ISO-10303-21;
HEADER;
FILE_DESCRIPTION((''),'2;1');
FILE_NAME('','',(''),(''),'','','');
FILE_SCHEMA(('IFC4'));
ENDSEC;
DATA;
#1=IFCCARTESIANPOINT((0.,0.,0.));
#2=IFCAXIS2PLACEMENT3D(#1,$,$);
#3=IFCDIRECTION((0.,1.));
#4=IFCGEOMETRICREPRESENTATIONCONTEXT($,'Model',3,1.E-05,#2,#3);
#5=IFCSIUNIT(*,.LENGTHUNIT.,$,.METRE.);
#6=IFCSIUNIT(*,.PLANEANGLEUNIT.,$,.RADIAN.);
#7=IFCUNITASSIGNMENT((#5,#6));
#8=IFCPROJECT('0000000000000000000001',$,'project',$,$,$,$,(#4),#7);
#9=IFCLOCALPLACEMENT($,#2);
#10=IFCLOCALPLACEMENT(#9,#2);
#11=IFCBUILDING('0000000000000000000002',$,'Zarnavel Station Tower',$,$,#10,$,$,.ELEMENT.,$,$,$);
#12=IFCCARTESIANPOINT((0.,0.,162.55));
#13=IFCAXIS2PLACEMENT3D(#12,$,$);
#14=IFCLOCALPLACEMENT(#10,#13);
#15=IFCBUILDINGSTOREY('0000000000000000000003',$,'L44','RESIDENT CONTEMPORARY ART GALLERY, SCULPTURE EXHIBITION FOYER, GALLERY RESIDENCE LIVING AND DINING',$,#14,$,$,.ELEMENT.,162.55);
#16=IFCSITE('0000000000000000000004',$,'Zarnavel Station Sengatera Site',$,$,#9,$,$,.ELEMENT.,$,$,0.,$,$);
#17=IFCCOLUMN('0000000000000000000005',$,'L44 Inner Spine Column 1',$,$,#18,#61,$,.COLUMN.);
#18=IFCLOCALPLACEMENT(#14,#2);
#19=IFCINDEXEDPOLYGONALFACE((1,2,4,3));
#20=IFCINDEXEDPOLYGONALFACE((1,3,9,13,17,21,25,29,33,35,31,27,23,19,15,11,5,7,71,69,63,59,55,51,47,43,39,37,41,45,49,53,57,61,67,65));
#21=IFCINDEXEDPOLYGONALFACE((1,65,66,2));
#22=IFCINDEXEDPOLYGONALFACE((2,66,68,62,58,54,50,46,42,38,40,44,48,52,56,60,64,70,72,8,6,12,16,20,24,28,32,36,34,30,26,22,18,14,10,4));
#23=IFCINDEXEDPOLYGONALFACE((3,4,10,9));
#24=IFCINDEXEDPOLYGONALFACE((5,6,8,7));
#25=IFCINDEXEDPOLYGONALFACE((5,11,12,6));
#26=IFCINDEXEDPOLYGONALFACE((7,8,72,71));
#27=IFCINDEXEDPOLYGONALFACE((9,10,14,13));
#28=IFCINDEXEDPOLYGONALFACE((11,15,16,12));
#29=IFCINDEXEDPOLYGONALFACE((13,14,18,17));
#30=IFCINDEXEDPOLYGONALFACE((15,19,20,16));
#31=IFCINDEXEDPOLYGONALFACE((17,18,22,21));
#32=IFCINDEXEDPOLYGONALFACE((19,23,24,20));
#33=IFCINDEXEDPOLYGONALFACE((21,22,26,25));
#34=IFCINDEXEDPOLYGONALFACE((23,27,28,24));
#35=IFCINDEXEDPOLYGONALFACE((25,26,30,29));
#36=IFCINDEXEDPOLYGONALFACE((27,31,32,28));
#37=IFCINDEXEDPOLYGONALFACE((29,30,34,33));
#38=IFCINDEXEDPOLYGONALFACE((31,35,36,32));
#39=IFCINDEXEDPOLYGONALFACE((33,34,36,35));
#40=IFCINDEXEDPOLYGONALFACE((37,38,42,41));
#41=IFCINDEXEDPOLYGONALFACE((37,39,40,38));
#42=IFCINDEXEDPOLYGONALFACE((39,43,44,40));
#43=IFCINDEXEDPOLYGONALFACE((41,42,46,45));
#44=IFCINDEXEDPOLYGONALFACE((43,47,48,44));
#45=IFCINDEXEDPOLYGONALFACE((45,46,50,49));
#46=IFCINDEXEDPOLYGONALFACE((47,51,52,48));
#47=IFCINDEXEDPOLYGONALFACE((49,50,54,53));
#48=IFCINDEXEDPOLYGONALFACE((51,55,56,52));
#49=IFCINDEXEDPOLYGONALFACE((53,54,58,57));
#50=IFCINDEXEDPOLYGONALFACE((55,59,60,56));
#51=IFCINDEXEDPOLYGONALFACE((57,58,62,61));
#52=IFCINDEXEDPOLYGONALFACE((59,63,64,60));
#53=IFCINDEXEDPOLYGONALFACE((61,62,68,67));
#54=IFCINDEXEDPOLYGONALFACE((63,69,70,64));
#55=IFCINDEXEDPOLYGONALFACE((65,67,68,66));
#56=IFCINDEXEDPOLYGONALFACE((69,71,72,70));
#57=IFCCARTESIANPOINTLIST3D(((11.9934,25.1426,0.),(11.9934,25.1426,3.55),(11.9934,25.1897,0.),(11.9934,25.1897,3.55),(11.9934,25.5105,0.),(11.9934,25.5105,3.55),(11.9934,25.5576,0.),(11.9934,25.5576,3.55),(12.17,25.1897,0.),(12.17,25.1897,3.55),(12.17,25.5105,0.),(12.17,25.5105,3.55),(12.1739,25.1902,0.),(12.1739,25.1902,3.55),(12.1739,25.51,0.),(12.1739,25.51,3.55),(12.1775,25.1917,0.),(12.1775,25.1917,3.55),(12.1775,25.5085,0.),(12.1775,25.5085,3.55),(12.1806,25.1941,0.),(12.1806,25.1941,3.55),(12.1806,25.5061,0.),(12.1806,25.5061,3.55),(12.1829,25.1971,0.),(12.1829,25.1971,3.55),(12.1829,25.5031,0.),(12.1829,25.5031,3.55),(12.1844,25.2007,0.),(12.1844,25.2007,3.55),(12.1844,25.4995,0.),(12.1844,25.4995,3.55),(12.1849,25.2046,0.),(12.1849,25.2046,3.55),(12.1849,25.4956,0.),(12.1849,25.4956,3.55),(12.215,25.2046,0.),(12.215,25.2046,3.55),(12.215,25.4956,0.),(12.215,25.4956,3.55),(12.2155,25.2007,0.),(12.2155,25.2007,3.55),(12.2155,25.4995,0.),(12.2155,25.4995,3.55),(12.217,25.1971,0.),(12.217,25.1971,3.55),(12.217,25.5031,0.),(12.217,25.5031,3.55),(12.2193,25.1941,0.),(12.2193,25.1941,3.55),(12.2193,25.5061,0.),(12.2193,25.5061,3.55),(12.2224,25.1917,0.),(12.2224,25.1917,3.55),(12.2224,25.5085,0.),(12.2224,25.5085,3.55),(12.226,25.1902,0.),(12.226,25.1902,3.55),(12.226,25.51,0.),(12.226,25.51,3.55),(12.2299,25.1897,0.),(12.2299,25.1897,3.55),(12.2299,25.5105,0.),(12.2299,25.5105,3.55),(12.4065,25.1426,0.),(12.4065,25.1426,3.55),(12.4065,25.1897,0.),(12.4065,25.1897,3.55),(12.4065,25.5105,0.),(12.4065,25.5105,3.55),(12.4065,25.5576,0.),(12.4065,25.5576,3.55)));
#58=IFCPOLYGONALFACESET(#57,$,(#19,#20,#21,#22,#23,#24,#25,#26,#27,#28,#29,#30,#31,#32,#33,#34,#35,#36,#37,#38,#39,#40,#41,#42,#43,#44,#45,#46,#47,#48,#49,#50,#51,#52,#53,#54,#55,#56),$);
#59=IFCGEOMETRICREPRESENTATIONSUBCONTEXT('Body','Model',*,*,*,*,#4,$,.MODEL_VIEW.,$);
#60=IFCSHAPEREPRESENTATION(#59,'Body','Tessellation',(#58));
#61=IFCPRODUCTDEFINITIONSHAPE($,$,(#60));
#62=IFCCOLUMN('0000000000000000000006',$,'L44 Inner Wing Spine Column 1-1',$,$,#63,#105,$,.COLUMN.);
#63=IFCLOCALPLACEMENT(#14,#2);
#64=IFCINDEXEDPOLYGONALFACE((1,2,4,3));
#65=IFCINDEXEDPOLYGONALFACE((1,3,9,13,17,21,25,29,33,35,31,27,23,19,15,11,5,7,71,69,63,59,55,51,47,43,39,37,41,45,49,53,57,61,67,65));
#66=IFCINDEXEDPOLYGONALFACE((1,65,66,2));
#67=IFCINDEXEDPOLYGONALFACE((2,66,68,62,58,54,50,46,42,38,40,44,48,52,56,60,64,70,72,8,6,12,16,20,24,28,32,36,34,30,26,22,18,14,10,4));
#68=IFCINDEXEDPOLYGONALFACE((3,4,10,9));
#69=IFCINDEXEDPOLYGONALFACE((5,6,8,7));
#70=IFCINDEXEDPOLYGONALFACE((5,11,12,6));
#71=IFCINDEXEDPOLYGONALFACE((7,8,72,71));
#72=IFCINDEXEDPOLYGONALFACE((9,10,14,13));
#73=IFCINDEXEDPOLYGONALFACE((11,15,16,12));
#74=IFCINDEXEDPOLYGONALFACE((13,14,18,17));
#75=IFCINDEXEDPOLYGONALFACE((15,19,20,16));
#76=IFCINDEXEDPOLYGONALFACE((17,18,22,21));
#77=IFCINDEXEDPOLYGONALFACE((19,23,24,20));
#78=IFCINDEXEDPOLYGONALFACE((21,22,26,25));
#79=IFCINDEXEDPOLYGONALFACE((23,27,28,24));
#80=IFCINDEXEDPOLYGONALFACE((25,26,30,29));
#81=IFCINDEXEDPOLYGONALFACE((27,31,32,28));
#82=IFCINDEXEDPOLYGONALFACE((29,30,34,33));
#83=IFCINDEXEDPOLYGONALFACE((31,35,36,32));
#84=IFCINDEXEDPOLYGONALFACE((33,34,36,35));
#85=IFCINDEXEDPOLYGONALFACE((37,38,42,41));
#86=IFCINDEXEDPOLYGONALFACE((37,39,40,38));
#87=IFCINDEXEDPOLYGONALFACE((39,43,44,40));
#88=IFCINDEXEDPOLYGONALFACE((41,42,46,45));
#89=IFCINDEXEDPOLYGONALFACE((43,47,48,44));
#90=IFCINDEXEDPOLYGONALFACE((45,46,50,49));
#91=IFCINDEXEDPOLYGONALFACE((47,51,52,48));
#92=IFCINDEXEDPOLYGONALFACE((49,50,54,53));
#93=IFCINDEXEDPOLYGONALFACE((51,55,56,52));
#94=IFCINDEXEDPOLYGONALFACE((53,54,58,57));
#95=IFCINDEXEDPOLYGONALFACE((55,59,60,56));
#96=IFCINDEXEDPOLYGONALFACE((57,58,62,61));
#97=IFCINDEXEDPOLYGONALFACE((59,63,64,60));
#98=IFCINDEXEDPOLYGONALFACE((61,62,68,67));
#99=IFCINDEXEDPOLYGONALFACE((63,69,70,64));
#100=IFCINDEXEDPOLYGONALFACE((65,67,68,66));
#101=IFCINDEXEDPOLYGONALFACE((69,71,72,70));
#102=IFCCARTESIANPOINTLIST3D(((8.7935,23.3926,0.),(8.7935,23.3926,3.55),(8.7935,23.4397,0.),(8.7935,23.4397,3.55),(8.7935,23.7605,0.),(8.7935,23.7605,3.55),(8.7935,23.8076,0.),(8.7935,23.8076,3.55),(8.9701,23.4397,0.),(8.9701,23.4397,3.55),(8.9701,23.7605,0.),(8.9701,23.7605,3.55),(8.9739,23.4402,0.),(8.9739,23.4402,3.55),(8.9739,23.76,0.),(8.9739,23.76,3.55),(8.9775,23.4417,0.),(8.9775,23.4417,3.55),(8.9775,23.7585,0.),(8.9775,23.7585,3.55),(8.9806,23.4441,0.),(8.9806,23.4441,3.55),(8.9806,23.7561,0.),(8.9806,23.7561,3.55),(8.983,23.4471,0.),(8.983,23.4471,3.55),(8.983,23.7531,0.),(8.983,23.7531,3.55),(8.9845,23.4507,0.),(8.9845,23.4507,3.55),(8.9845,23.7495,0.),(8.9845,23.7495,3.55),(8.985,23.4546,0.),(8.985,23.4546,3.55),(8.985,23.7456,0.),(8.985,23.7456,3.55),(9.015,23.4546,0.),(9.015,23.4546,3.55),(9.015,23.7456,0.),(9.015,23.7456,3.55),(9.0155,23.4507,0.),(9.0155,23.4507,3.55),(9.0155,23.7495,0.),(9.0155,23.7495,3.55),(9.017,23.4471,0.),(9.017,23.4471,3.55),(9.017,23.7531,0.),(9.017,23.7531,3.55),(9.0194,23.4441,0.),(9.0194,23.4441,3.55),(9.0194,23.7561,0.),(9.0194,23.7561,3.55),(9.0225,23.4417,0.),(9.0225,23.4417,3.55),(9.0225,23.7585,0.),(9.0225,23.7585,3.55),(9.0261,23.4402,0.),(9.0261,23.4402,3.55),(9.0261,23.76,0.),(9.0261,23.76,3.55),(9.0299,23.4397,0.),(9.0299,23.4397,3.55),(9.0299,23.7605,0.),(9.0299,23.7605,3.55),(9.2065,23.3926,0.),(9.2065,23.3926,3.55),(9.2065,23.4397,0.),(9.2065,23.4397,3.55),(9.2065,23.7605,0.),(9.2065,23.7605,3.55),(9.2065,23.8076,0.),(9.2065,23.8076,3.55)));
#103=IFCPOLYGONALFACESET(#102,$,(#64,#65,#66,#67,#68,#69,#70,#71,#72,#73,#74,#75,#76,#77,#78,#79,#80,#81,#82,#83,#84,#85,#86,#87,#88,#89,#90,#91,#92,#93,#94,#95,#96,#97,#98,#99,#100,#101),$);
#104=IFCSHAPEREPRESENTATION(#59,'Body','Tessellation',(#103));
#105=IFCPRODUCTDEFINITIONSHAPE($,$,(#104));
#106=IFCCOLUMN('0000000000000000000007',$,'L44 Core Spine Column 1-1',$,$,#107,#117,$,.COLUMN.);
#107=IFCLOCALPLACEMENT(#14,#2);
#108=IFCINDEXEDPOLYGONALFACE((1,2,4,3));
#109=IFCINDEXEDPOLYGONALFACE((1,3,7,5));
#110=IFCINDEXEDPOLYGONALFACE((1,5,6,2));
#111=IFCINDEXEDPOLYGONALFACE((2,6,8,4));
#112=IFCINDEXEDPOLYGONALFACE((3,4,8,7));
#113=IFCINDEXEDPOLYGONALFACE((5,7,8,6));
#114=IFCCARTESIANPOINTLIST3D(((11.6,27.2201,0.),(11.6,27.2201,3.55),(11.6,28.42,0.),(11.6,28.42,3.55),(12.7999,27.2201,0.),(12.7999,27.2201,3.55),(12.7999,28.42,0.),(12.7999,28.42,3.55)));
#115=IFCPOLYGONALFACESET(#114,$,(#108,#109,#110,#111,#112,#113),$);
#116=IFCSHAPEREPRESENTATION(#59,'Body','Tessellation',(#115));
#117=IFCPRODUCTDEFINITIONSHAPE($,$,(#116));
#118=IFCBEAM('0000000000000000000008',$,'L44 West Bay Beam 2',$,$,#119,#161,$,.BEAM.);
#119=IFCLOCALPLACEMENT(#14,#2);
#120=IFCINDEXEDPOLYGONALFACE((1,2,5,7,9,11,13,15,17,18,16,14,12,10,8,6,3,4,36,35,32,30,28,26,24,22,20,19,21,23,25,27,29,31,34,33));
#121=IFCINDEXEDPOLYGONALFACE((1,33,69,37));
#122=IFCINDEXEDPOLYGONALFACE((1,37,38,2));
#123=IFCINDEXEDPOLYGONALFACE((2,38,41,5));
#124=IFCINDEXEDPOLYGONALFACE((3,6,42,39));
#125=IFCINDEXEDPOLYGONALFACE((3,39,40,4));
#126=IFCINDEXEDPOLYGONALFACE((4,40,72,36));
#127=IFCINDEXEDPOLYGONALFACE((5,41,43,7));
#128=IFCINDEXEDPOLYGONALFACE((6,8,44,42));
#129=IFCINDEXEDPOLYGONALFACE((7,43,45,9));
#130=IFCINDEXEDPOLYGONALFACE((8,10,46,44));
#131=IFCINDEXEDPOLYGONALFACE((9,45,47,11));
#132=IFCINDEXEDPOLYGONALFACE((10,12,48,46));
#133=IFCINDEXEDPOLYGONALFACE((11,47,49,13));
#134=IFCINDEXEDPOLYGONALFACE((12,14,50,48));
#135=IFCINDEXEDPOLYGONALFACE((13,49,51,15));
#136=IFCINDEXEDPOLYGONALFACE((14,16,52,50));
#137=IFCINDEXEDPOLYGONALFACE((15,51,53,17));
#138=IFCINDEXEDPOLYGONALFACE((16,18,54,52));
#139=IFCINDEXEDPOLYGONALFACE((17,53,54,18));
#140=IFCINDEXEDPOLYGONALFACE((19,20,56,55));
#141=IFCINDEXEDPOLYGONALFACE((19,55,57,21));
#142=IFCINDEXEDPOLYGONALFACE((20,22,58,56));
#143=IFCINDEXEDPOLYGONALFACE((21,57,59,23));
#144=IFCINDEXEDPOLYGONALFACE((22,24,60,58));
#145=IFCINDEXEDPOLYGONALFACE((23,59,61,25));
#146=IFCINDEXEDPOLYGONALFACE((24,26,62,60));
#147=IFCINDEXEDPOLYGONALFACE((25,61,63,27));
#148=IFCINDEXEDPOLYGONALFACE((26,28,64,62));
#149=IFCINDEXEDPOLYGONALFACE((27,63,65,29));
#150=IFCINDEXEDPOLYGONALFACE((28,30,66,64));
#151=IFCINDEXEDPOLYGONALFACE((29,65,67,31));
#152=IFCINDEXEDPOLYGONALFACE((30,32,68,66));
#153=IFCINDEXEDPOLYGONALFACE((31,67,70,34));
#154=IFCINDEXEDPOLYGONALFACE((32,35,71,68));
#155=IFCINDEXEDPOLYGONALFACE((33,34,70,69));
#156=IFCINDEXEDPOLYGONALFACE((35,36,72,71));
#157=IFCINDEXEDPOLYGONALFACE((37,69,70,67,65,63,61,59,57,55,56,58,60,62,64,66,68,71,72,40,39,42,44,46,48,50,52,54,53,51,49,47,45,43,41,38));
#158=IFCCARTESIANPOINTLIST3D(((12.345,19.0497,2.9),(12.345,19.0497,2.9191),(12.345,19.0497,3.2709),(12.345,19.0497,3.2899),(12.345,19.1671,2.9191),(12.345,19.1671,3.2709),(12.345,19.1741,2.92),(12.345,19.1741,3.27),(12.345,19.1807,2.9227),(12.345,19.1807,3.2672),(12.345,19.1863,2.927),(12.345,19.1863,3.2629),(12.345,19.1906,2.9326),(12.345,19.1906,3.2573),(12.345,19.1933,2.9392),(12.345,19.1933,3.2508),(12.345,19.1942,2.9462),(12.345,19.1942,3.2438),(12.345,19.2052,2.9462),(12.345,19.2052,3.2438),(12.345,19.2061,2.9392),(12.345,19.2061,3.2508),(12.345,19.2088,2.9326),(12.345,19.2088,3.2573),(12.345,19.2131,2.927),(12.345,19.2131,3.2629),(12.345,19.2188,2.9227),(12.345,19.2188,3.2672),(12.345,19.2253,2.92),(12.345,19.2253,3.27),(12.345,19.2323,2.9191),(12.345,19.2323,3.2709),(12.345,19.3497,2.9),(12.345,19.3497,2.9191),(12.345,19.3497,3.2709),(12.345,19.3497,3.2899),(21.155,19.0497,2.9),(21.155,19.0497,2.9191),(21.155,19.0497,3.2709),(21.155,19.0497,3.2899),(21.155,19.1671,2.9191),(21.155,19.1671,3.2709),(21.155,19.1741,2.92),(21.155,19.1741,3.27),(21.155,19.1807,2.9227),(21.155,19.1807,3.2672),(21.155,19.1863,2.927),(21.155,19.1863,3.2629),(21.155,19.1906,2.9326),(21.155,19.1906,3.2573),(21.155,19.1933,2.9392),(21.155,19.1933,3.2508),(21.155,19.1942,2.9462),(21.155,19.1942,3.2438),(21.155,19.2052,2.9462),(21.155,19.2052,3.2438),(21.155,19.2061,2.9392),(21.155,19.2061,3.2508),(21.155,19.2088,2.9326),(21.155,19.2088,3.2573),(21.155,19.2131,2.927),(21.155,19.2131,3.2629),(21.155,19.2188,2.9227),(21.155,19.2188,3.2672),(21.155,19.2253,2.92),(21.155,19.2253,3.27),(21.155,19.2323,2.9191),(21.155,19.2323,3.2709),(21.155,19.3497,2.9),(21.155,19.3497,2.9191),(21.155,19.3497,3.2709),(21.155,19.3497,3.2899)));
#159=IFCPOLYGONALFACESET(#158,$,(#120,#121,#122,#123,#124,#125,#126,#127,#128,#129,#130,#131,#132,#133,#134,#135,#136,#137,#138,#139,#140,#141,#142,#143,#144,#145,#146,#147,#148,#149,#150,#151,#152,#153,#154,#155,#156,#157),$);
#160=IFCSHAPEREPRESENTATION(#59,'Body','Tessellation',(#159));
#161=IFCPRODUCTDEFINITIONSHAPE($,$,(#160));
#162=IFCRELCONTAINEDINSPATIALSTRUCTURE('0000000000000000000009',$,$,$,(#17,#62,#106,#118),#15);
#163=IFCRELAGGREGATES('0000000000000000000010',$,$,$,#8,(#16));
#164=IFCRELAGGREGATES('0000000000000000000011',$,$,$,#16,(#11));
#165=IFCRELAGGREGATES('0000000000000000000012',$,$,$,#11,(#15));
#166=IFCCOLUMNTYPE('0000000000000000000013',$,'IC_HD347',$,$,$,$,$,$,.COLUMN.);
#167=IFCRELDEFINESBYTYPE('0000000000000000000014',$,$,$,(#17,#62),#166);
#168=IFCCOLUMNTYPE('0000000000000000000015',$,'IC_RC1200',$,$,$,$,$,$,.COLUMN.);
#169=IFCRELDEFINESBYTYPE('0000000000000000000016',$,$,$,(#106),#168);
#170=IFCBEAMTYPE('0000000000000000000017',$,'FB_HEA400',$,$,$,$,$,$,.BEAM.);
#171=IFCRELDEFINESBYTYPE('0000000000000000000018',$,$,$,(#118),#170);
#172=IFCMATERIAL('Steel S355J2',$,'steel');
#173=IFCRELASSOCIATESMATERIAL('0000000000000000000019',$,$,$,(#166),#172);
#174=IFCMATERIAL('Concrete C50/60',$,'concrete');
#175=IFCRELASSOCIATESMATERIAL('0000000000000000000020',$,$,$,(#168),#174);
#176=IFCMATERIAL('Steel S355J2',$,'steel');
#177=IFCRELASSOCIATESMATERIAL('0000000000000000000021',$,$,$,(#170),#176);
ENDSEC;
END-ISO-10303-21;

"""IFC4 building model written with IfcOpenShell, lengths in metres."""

from ifc_helpers import new_model, si_unit, direction, frame, origin, origin_2d, place, context, subcontext, project, spatial, rectangle, i_section, extrude, material, material_profile, profile_set, type_object, element, save


model = new_model("IFC4")

# Units and contexts
model_context = context("Model", 3, precision=1e-05, world=origin(), true_north=direction((0.0, 1.0)))
body_context = subcontext(model_context, "Body", "Model", "MODEL_VIEW")
ifc_project = project(units=[si_unit("LENGTHUNIT", "METRE"), si_unit("PLANEANGLEUNIT", "RADIAN")], contexts=[model_context])

# Site, building, storey
site_placement = place(None, origin())
site = spatial("IfcSite", under=ifc_project, at=site_placement, Name="Zarnavel Station Sengatera Site", CompositionType="ELEMENT", RefElevation=0.0)
building_placement = place(site_placement, origin())
building = spatial("IfcBuilding", under=site, at=building_placement, Name="Zarnavel Station Tower", CompositionType="ELEMENT")
storey_placement = place(building_placement, frame((0.0, 0.0, 162.55)))
storey = spatial("IfcBuildingStorey", under=building, at=storey_placement, Name="L44", Description="RESIDENT CONTEMPORARY ART GALLERY, SCULPTURE EXHIBITION FOYER, GALLERY RESIDENCE LIVING AND DINING", CompositionType="ELEMENT", Elevation=162.55)

# Columns
ifc_material_1 = material(Name="Steel S355J2", Category="steel")
ifc_material_profile_1 = material_profile(ifc_material_1, i_section(OverallWidth=0.4131, OverallDepth=0.415, WebThickness=0.03, FlangeThickness=0.0471, FilletRadius=0.0149, at=origin_2d()), Name="HD400x347")
ifc_profile_set_1 = profile_set([ifc_material_profile_1], Name="Steel S355J2")
column_type_1 = type_object("IfcColumnType", Name="IC_HD347", PredefinedType="COLUMN", material=ifc_profile_set_1)
for number, where, z_axis, x_axis, name in (
    (1, (12.2, 25.3501, 0.0), (0.0, 0.0, 1.0), (1.0, 0.0, 0.0), "L44 Inner Spine Column 1"),
    (2, (9.0, 23.6001, 0.0), (0.0, 0.0, 1.0), (1.0, 0.0, 0.0), "L44 Inner Wing Spine Column 1-1"),
):
    element("IfcColumn", number, at=place(storey_placement, frame(where, z_axis=z_axis, x_axis=x_axis)), inside=storey, type_object=column_type_1, Name=name, PredefinedType="COLUMN", context=body_context, shape_type="SweptSolid", body=[
        extrude(i_section(OverallWidth=0.4131, OverallDepth=0.415, WebThickness=0.03, FlangeThickness=0.0471, FilletRadius=0.0149, at=origin_2d()), origin(), (0.0, 0.0, 1.0), 3.55),
    ])
ifc_material_2 = material(Name="Concrete C50/60", Category="concrete")
ifc_material_profile_2 = material_profile(ifc_material_2, rectangle(XDim=1.2, YDim=1.2, at=origin_2d()), Name="RC1200x1200")
ifc_profile_set_2 = profile_set([ifc_material_profile_2], Name="Concrete C50/60")
column_type_2 = type_object("IfcColumnType", Name="IC_RC1200", PredefinedType="COLUMN", material=ifc_profile_set_2)
column_placement = place(storey_placement, frame((12.2, 27.8201, 0.0), z_axis=(0.0, 0.0, 1.0), x_axis=(1.0, 0.0, 0.0)))
element("IfcColumn", 3, at=column_placement, inside=storey, type_object=column_type_2, Name="L44 Core Spine Column 1-1", PredefinedType="COLUMN", context=body_context, shape_type="SweptSolid", body=[
    extrude(rectangle(XDim=1.2, YDim=1.2, at=origin_2d()), origin(), (0.0, 0.0, 1.0), 3.55),
])

# Beam
ifc_material_3 = material(Name="Steel S355J2", Category="steel")
ifc_material_profile_3 = material_profile(ifc_material_3, i_section(OverallWidth=0.3, OverallDepth=0.3899, WebThickness=0.011, FlangeThickness=0.019, FilletRadius=0.0271, at=origin_2d()), Name="HEA400")
ifc_profile_set_3 = profile_set([ifc_material_profile_3], Name="Steel S355J2")
beam_type_1 = type_object("IfcBeamType", Name="FB_HEA400", PredefinedType="BEAM", material=ifc_profile_set_3)
beam_1_placement = place(storey_placement, frame((12.345, 19.1997, 3.095), z_axis=(1.0, 0.0, 0.0), x_axis=(0.0, 1.0, 0.0)))
element("IfcBeam", 4, at=beam_1_placement, inside=storey, type_object=beam_type_1, Name="L44 West Bay Beam 2", PredefinedType="BEAM", context=body_context, shape_type="SweptSolid", body=[
    extrude(i_section(OverallWidth=0.3, OverallDepth=0.3899, WebThickness=0.011, FlangeThickness=0.019, FilletRadius=0.0271, at=origin_2d()), origin(), (0.0, 0.0, 1.0), 8.8101),
])

save(model, "model.ifc")
